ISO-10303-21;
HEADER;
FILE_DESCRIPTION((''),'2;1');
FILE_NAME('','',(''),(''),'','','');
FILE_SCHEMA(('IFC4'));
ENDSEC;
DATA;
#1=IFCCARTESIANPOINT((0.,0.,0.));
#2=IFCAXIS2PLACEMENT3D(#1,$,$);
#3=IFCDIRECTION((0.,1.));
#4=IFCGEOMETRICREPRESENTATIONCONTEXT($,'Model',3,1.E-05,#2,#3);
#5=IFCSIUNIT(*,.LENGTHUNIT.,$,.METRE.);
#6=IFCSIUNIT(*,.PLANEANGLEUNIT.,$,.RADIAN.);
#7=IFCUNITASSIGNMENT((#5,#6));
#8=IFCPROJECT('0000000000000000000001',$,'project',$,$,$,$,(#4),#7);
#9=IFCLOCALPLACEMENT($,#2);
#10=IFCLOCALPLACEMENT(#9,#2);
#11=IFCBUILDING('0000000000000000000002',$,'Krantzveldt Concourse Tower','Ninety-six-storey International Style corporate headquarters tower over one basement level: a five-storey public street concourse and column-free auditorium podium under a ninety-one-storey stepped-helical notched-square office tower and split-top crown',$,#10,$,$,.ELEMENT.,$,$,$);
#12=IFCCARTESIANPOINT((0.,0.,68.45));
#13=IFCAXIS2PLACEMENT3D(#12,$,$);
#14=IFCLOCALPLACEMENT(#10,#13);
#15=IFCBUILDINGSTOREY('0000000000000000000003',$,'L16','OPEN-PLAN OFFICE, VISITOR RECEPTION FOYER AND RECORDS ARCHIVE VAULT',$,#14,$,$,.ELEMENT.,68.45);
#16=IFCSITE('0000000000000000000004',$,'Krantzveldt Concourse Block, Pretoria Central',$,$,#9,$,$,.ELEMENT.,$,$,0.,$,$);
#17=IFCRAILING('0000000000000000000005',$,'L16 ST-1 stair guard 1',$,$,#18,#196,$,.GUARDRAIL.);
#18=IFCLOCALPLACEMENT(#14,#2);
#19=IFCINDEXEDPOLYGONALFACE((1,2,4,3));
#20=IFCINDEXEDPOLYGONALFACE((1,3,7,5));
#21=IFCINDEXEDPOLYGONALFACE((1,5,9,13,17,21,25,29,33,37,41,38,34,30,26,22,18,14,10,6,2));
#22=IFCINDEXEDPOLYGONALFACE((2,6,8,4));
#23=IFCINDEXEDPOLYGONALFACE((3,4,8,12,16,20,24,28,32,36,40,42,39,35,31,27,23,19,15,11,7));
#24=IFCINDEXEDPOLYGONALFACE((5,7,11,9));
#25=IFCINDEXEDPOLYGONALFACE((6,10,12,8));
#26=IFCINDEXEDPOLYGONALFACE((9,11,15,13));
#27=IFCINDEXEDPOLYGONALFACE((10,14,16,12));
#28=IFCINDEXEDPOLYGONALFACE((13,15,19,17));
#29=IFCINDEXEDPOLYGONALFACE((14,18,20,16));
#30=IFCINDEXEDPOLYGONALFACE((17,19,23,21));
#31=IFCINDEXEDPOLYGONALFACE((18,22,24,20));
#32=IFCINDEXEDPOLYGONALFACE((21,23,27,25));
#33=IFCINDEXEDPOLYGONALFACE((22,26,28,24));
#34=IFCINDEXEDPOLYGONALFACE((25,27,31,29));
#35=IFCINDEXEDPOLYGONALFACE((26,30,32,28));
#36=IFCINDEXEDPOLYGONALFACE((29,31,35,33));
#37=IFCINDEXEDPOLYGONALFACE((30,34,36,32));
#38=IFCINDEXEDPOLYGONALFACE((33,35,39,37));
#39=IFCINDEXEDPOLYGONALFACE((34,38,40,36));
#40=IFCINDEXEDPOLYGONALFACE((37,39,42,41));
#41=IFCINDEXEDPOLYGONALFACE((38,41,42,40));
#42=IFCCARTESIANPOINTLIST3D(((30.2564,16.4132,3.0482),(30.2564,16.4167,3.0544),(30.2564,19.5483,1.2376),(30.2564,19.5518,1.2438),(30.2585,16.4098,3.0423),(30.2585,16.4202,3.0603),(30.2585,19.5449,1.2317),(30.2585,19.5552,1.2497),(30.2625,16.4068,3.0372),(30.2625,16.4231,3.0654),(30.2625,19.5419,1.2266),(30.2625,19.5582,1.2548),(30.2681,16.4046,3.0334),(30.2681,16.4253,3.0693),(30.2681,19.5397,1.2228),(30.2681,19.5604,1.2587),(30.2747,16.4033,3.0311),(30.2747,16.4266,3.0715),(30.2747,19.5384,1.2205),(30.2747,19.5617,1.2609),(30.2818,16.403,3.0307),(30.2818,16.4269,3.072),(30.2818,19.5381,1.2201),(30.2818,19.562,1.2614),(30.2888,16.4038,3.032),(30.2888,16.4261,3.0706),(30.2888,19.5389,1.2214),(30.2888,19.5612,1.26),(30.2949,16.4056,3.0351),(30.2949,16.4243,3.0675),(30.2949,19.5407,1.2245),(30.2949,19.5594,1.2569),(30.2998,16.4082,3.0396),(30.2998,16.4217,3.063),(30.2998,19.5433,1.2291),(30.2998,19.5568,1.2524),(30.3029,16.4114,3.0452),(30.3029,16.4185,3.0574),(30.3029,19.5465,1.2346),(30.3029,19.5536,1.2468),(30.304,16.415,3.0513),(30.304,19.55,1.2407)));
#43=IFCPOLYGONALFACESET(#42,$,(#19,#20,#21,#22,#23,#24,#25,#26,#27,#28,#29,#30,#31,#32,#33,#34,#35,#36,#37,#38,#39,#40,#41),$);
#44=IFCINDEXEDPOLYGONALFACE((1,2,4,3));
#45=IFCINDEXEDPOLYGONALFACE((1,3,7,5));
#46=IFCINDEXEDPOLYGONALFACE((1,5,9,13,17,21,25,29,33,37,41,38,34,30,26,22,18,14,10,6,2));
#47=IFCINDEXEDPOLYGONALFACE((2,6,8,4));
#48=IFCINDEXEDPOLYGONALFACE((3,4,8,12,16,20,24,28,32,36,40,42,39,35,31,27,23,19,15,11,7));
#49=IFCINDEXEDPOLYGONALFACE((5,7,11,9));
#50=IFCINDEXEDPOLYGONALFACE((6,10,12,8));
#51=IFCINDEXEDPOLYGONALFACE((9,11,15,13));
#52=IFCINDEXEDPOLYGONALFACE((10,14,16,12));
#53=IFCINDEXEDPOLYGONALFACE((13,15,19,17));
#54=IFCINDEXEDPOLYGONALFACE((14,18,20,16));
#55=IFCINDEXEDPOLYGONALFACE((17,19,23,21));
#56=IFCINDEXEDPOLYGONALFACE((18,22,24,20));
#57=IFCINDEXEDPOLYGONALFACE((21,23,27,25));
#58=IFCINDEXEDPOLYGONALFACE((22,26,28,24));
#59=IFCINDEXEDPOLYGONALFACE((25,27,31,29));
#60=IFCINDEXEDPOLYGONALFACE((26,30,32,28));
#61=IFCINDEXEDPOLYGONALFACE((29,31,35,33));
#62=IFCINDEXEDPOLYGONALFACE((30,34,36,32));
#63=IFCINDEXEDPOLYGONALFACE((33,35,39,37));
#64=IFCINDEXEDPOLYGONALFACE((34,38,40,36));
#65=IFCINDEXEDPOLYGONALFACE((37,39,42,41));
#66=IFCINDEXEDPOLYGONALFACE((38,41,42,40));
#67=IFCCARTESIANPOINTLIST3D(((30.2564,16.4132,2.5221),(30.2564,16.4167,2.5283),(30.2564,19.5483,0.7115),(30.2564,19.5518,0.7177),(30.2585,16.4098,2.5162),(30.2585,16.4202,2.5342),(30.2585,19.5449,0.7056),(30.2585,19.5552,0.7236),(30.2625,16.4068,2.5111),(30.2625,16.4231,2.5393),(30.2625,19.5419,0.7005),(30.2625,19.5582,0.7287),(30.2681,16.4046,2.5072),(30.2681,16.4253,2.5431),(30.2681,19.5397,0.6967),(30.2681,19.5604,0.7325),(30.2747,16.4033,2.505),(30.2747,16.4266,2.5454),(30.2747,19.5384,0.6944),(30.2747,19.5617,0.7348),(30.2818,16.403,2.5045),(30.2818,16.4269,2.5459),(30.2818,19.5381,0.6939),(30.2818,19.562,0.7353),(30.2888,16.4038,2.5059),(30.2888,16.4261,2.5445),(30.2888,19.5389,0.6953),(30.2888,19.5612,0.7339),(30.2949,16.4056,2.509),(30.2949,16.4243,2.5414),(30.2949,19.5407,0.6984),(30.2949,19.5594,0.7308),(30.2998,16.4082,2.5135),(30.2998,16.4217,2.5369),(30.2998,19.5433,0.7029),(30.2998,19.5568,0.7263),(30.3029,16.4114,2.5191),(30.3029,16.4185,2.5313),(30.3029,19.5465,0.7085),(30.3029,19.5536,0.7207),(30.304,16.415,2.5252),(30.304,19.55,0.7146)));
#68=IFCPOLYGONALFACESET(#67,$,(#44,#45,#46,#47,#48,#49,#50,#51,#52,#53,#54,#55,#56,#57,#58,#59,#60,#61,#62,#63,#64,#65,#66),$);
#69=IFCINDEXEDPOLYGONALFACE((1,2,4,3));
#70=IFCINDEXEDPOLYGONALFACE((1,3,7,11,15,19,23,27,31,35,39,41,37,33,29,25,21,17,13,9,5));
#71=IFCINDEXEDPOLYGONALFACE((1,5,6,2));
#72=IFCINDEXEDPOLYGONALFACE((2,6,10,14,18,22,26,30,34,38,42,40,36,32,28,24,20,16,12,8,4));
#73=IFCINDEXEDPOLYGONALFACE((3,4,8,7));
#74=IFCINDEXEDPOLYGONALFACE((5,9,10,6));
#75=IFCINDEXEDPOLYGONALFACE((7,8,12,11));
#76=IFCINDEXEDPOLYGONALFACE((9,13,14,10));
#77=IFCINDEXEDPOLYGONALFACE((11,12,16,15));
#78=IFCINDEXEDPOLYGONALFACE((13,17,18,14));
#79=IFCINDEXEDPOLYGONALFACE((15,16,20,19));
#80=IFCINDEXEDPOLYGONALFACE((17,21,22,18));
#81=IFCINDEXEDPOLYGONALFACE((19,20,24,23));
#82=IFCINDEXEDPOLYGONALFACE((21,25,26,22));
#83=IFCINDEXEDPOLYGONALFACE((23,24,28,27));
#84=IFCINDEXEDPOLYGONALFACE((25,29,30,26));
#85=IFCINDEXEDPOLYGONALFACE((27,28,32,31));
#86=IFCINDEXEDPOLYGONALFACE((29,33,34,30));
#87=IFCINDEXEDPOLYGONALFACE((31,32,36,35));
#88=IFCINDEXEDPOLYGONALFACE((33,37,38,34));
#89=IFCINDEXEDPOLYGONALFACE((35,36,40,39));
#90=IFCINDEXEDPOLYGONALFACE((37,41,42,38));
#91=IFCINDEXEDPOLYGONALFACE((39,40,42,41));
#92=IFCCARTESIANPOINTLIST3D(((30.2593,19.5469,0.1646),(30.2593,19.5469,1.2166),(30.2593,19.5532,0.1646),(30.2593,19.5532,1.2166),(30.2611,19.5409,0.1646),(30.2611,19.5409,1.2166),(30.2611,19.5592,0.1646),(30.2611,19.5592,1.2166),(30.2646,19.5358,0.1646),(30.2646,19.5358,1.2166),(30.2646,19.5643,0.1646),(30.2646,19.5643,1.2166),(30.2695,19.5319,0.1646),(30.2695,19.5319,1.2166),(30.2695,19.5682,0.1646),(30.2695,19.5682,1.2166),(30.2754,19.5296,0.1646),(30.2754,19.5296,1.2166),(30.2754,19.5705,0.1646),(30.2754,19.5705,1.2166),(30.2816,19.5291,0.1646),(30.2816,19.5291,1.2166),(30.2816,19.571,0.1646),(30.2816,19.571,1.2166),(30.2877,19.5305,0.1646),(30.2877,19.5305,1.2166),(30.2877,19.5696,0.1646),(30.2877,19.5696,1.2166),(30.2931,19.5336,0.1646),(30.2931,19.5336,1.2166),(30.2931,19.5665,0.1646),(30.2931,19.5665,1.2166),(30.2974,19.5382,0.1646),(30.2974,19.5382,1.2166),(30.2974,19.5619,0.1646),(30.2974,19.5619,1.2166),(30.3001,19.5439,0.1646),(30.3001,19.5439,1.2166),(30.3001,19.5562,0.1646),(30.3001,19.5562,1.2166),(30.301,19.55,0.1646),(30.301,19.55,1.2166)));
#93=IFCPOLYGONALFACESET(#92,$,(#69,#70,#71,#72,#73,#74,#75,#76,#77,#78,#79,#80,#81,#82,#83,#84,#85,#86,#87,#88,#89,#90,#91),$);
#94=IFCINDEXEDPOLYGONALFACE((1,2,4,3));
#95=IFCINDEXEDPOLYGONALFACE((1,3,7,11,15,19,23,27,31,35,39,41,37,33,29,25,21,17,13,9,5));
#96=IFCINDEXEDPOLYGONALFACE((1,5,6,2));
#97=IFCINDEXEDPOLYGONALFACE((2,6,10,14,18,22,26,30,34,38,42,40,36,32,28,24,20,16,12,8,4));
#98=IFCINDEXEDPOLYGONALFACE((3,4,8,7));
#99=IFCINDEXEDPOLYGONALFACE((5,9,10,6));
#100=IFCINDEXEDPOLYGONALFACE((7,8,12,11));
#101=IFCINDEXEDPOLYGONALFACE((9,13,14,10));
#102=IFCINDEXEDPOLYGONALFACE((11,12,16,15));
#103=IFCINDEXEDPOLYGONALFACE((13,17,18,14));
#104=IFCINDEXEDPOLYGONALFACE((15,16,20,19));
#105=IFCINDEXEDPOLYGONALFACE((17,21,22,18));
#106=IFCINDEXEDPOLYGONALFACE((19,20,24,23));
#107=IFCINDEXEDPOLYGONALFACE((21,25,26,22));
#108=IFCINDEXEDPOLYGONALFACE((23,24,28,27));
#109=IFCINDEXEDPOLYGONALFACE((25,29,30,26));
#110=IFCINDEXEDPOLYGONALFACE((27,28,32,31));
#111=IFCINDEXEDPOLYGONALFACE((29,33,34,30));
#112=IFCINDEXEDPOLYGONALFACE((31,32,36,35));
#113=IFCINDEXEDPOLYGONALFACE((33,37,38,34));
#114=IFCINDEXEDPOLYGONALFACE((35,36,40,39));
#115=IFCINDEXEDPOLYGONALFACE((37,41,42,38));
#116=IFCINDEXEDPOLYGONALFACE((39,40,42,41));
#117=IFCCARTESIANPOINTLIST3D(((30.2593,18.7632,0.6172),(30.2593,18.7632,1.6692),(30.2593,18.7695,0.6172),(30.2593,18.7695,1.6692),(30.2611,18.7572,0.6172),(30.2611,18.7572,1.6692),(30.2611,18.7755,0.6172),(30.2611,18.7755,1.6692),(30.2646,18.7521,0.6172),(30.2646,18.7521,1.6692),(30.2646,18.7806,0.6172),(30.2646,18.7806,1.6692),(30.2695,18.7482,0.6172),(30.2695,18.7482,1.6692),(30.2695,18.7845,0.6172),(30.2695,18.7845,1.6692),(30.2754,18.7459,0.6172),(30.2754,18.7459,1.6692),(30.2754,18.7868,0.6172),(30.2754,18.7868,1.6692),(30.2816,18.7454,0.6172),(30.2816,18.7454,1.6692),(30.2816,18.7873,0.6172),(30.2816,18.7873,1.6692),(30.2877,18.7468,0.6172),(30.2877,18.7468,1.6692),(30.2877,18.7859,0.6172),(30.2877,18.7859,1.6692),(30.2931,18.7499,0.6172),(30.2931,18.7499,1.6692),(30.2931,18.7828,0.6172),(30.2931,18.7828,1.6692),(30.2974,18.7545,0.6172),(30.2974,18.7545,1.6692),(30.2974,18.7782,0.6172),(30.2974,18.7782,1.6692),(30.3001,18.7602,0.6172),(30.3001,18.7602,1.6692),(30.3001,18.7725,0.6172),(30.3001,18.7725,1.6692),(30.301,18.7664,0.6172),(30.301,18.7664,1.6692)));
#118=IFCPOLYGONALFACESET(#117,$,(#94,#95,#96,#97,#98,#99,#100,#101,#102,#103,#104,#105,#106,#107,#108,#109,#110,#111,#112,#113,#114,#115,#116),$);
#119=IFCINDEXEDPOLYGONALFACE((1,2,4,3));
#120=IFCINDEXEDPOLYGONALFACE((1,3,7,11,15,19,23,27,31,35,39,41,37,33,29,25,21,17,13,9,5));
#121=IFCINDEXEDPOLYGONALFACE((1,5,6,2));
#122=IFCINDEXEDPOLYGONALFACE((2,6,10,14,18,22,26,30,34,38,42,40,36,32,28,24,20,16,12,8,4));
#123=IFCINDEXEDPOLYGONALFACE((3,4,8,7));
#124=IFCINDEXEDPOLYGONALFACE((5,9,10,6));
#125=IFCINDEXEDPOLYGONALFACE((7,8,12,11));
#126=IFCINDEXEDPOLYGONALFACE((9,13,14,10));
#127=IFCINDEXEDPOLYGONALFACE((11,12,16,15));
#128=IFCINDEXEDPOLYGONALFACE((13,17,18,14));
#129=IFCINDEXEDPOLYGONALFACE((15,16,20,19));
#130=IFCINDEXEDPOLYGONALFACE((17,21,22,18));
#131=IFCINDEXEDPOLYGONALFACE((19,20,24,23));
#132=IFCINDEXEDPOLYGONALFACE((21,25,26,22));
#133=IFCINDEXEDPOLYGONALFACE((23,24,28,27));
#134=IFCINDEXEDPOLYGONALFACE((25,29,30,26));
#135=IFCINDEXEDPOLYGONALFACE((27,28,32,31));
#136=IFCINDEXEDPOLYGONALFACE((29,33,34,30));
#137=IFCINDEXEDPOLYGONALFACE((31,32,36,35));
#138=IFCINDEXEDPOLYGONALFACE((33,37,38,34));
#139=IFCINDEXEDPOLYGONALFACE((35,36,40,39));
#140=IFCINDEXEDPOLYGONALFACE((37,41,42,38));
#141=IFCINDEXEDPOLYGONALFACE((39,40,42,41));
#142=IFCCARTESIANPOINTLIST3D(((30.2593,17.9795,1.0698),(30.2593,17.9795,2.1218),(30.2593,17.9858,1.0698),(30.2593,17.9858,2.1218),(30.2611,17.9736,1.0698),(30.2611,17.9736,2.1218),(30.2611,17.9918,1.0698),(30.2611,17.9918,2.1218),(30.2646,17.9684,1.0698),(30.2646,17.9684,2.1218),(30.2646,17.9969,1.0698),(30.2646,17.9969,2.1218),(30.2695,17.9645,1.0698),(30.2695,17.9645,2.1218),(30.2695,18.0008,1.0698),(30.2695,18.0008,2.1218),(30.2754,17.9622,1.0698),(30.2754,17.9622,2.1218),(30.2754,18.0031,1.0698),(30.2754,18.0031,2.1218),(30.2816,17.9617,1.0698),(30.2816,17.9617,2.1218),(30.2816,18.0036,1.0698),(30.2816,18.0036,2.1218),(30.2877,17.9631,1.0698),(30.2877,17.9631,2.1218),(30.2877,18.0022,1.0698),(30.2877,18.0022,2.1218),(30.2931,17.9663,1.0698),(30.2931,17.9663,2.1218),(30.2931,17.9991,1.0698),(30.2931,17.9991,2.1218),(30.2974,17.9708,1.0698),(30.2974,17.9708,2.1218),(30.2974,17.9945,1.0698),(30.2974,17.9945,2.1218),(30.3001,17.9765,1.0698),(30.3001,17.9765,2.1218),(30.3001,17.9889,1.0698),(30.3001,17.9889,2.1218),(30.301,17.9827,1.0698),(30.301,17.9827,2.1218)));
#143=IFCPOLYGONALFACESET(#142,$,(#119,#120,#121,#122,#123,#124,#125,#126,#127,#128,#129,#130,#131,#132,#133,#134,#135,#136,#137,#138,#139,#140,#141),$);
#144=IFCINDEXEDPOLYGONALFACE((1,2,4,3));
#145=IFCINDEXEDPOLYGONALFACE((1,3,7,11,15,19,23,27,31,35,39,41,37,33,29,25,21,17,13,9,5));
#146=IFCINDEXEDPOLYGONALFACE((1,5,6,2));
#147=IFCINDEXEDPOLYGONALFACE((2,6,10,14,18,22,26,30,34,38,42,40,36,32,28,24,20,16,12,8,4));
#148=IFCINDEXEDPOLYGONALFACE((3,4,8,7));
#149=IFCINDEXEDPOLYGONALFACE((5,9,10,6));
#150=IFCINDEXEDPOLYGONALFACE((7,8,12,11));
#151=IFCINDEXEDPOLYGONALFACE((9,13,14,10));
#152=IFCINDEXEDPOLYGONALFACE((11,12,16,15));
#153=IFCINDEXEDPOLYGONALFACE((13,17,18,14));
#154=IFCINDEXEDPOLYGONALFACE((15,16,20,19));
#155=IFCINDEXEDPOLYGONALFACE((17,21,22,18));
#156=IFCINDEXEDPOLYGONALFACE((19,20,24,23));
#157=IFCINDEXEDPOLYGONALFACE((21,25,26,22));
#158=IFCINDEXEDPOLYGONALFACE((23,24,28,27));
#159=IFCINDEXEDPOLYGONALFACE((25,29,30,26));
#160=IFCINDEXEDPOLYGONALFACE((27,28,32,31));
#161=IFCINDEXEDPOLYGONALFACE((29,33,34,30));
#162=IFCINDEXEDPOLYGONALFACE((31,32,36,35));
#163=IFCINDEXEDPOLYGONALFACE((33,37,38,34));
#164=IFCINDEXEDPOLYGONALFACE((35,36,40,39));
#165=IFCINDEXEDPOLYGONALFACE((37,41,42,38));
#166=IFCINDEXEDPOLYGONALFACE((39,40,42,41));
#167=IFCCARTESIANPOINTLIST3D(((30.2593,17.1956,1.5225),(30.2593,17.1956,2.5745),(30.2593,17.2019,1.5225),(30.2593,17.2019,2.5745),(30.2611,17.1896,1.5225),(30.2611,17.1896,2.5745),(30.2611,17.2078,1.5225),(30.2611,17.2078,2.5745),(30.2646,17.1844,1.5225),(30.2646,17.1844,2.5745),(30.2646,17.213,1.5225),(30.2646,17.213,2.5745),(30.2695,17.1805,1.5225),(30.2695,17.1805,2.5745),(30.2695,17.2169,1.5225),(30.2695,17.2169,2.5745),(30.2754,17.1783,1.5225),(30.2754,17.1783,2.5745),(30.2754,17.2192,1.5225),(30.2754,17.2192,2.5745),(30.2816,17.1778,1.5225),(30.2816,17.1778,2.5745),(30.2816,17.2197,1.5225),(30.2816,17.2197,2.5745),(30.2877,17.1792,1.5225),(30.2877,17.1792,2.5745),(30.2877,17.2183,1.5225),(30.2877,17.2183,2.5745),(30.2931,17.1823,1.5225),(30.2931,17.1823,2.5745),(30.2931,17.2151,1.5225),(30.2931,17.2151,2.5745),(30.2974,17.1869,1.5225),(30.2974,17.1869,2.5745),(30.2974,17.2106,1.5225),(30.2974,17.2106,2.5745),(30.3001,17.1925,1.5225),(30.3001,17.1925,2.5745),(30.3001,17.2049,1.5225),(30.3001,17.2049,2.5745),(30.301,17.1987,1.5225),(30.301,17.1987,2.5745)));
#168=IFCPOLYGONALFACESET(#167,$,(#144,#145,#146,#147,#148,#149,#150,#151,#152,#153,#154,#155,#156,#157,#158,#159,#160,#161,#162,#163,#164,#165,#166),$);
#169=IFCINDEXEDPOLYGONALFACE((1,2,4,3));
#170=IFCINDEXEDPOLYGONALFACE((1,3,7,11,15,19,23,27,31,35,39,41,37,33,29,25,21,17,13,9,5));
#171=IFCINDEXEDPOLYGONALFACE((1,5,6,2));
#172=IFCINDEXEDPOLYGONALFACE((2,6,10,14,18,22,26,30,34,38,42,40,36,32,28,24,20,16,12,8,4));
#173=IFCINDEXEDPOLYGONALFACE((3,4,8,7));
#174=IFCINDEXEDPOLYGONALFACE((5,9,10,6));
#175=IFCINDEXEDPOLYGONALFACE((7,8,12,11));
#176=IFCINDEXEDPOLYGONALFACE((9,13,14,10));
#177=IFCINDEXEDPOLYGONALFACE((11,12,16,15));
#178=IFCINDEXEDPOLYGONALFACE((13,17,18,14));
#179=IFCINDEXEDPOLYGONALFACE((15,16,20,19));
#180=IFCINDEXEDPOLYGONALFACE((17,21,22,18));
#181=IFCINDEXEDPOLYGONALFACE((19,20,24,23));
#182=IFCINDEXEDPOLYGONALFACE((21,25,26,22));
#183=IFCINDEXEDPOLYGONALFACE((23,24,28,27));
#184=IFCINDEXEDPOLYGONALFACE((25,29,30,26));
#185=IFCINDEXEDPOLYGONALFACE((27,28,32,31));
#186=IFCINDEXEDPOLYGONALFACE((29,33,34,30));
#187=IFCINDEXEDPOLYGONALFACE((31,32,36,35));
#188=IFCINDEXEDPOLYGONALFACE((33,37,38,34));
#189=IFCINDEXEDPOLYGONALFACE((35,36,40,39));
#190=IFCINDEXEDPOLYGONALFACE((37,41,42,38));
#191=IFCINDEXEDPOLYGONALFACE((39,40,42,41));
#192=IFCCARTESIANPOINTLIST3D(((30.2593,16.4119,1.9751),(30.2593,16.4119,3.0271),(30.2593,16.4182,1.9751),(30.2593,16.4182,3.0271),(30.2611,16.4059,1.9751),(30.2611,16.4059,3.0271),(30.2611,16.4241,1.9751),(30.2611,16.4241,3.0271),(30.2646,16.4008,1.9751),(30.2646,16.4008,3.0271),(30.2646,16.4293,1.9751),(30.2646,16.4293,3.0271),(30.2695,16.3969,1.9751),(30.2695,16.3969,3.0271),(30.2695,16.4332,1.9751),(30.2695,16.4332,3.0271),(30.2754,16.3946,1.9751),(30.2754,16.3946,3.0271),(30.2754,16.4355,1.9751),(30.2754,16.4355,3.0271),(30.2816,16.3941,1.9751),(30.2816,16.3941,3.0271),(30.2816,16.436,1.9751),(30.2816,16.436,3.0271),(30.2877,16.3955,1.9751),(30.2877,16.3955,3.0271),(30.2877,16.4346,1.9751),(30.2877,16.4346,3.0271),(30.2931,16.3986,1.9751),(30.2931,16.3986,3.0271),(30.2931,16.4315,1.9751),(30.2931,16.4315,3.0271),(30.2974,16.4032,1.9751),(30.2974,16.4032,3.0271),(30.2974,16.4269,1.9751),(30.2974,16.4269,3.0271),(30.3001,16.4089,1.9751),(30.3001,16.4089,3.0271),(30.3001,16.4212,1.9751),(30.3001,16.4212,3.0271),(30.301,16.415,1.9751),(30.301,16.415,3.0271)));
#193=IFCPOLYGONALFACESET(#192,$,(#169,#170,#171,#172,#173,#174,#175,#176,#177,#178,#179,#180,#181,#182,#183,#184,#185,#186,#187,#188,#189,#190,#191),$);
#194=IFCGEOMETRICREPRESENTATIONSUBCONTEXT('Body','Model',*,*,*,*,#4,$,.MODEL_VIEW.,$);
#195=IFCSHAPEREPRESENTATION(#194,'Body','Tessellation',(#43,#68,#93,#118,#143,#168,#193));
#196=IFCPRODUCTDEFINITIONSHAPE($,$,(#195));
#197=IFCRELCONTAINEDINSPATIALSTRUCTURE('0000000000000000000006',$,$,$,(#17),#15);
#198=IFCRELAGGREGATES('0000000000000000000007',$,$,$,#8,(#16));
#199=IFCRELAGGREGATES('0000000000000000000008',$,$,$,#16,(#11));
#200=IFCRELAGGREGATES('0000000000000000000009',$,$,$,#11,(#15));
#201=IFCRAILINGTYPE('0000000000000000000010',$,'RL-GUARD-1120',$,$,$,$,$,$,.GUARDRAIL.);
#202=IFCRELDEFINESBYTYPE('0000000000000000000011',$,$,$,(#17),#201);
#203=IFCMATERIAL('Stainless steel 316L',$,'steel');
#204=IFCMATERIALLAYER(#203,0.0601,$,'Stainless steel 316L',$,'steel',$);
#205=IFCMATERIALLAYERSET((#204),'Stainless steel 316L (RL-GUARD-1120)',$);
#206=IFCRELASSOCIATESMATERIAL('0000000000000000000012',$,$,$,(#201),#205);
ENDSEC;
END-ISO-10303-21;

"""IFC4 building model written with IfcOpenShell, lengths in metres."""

from ifc_helpers import new_model, si_unit, direction, frame, origin, origin_2d, place, context, subcontext, project, spatial, circle, extrude, material, layer, layer_set, type_object, element, save


model = new_model("IFC4")

# Units and contexts
model_context = context("Model", 3, precision=1e-05, world=origin(), true_north=direction((0.0, 1.0)))
body_context = subcontext(model_context, "Body", "Model", "MODEL_VIEW")
ifc_project = project(units=[si_unit("LENGTHUNIT", "METRE"), si_unit("PLANEANGLEUNIT", "RADIAN")], contexts=[model_context])

# Site, building, storey
site_placement = place(None, origin())
site = spatial("IfcSite", under=ifc_project, at=site_placement, Name="Krantzveldt Concourse Block, Pretoria Central", CompositionType="ELEMENT", RefElevation=0.0)
building_placement = place(site_placement, origin())
building = spatial("IfcBuilding", under=site, at=building_placement, Name="Krantzveldt Concourse Tower", Description="Ninety-six-storey International Style corporate headquarters tower over one basement level: a five-storey public street concourse and column-free auditorium podium under a ninety-one-storey stepped-helical notched-square office tower and split-top crown", CompositionType="ELEMENT")
storey_placement = place(building_placement, frame((0.0, 0.0, 68.45)))
storey = spatial("IfcBuildingStorey", under=building, at=storey_placement, Name="L16", Description="OPEN-PLAN OFFICE, VISITOR RECEPTION FOYER AND RECORDS ARCHIVE VAULT", CompositionType="ELEMENT", Elevation=68.45)

# Railing
ifc_material_1 = material(Name="Stainless steel 316L", Category="steel")
ifc_layer_1 = layer(ifc_material_1, 0.0601, Name="Stainless steel 316L", Category="steel")
ifc_layer_set_1 = layer_set([ifc_layer_1], Name="Stainless steel 316L (RL-GUARD-1120)")
railing_type_1 = type_object("IfcRailingType", Name="RL-GUARD-1120", PredefinedType="GUARDRAIL", material=ifc_layer_set_1)
railing_1_placement = place(storey_placement, frame((30.28, 19.55, 0.1646)))
element("IfcRailing", 1, at=railing_1_placement, inside=storey, type_object=railing_type_1, Name="L16 ST-1 stair guard 1", PredefinedType="GUARDRAIL", context=body_context, shape_type="SweptSolid", body=[
    extrude(circle(Radius=0.0239, at=origin_2d()), frame((0.0, 0.0, 1.0762), z_axis=(0.0, -0.86596, 0.500114), x_axis=(1.0, 0.0, 0.0)), (0.0, 0.0, 1.0), 3.6204),
    extrude(circle(Radius=0.0239, at=origin_2d()), frame((0.0, 0.0, 0.55), z_axis=(0.0, -0.86596, 0.500114), x_axis=(1.0, 0.0, 0.0)), (0.0, 0.0, 1.0), 3.6204),
    extrude(circle(Radius=0.021, at=origin_2d()), origin(), (0.0, 0.0, 1.0), 1.052),
    extrude(circle(Radius=0.021, at=origin_2d()), frame((0.0, -0.7837, 0.4526)), (0.0, 0.0, 1.0), 1.052),
    extrude(circle(Radius=0.021, at=origin_2d()), frame((0.0, -1.5674, 0.9053)), (0.0, 0.0, 1.0), 1.052),
    extrude(circle(Radius=0.021, at=origin_2d()), frame((0.0, -2.3513, 1.3579)), (0.0, 0.0, 1.0), 1.052),
    extrude(circle(Radius=0.021, at=origin_2d()), frame((0.0, -3.135, 1.8105)), (0.0, 0.0, 1.0), 1.052),
])

save(model, "model.ifc")
